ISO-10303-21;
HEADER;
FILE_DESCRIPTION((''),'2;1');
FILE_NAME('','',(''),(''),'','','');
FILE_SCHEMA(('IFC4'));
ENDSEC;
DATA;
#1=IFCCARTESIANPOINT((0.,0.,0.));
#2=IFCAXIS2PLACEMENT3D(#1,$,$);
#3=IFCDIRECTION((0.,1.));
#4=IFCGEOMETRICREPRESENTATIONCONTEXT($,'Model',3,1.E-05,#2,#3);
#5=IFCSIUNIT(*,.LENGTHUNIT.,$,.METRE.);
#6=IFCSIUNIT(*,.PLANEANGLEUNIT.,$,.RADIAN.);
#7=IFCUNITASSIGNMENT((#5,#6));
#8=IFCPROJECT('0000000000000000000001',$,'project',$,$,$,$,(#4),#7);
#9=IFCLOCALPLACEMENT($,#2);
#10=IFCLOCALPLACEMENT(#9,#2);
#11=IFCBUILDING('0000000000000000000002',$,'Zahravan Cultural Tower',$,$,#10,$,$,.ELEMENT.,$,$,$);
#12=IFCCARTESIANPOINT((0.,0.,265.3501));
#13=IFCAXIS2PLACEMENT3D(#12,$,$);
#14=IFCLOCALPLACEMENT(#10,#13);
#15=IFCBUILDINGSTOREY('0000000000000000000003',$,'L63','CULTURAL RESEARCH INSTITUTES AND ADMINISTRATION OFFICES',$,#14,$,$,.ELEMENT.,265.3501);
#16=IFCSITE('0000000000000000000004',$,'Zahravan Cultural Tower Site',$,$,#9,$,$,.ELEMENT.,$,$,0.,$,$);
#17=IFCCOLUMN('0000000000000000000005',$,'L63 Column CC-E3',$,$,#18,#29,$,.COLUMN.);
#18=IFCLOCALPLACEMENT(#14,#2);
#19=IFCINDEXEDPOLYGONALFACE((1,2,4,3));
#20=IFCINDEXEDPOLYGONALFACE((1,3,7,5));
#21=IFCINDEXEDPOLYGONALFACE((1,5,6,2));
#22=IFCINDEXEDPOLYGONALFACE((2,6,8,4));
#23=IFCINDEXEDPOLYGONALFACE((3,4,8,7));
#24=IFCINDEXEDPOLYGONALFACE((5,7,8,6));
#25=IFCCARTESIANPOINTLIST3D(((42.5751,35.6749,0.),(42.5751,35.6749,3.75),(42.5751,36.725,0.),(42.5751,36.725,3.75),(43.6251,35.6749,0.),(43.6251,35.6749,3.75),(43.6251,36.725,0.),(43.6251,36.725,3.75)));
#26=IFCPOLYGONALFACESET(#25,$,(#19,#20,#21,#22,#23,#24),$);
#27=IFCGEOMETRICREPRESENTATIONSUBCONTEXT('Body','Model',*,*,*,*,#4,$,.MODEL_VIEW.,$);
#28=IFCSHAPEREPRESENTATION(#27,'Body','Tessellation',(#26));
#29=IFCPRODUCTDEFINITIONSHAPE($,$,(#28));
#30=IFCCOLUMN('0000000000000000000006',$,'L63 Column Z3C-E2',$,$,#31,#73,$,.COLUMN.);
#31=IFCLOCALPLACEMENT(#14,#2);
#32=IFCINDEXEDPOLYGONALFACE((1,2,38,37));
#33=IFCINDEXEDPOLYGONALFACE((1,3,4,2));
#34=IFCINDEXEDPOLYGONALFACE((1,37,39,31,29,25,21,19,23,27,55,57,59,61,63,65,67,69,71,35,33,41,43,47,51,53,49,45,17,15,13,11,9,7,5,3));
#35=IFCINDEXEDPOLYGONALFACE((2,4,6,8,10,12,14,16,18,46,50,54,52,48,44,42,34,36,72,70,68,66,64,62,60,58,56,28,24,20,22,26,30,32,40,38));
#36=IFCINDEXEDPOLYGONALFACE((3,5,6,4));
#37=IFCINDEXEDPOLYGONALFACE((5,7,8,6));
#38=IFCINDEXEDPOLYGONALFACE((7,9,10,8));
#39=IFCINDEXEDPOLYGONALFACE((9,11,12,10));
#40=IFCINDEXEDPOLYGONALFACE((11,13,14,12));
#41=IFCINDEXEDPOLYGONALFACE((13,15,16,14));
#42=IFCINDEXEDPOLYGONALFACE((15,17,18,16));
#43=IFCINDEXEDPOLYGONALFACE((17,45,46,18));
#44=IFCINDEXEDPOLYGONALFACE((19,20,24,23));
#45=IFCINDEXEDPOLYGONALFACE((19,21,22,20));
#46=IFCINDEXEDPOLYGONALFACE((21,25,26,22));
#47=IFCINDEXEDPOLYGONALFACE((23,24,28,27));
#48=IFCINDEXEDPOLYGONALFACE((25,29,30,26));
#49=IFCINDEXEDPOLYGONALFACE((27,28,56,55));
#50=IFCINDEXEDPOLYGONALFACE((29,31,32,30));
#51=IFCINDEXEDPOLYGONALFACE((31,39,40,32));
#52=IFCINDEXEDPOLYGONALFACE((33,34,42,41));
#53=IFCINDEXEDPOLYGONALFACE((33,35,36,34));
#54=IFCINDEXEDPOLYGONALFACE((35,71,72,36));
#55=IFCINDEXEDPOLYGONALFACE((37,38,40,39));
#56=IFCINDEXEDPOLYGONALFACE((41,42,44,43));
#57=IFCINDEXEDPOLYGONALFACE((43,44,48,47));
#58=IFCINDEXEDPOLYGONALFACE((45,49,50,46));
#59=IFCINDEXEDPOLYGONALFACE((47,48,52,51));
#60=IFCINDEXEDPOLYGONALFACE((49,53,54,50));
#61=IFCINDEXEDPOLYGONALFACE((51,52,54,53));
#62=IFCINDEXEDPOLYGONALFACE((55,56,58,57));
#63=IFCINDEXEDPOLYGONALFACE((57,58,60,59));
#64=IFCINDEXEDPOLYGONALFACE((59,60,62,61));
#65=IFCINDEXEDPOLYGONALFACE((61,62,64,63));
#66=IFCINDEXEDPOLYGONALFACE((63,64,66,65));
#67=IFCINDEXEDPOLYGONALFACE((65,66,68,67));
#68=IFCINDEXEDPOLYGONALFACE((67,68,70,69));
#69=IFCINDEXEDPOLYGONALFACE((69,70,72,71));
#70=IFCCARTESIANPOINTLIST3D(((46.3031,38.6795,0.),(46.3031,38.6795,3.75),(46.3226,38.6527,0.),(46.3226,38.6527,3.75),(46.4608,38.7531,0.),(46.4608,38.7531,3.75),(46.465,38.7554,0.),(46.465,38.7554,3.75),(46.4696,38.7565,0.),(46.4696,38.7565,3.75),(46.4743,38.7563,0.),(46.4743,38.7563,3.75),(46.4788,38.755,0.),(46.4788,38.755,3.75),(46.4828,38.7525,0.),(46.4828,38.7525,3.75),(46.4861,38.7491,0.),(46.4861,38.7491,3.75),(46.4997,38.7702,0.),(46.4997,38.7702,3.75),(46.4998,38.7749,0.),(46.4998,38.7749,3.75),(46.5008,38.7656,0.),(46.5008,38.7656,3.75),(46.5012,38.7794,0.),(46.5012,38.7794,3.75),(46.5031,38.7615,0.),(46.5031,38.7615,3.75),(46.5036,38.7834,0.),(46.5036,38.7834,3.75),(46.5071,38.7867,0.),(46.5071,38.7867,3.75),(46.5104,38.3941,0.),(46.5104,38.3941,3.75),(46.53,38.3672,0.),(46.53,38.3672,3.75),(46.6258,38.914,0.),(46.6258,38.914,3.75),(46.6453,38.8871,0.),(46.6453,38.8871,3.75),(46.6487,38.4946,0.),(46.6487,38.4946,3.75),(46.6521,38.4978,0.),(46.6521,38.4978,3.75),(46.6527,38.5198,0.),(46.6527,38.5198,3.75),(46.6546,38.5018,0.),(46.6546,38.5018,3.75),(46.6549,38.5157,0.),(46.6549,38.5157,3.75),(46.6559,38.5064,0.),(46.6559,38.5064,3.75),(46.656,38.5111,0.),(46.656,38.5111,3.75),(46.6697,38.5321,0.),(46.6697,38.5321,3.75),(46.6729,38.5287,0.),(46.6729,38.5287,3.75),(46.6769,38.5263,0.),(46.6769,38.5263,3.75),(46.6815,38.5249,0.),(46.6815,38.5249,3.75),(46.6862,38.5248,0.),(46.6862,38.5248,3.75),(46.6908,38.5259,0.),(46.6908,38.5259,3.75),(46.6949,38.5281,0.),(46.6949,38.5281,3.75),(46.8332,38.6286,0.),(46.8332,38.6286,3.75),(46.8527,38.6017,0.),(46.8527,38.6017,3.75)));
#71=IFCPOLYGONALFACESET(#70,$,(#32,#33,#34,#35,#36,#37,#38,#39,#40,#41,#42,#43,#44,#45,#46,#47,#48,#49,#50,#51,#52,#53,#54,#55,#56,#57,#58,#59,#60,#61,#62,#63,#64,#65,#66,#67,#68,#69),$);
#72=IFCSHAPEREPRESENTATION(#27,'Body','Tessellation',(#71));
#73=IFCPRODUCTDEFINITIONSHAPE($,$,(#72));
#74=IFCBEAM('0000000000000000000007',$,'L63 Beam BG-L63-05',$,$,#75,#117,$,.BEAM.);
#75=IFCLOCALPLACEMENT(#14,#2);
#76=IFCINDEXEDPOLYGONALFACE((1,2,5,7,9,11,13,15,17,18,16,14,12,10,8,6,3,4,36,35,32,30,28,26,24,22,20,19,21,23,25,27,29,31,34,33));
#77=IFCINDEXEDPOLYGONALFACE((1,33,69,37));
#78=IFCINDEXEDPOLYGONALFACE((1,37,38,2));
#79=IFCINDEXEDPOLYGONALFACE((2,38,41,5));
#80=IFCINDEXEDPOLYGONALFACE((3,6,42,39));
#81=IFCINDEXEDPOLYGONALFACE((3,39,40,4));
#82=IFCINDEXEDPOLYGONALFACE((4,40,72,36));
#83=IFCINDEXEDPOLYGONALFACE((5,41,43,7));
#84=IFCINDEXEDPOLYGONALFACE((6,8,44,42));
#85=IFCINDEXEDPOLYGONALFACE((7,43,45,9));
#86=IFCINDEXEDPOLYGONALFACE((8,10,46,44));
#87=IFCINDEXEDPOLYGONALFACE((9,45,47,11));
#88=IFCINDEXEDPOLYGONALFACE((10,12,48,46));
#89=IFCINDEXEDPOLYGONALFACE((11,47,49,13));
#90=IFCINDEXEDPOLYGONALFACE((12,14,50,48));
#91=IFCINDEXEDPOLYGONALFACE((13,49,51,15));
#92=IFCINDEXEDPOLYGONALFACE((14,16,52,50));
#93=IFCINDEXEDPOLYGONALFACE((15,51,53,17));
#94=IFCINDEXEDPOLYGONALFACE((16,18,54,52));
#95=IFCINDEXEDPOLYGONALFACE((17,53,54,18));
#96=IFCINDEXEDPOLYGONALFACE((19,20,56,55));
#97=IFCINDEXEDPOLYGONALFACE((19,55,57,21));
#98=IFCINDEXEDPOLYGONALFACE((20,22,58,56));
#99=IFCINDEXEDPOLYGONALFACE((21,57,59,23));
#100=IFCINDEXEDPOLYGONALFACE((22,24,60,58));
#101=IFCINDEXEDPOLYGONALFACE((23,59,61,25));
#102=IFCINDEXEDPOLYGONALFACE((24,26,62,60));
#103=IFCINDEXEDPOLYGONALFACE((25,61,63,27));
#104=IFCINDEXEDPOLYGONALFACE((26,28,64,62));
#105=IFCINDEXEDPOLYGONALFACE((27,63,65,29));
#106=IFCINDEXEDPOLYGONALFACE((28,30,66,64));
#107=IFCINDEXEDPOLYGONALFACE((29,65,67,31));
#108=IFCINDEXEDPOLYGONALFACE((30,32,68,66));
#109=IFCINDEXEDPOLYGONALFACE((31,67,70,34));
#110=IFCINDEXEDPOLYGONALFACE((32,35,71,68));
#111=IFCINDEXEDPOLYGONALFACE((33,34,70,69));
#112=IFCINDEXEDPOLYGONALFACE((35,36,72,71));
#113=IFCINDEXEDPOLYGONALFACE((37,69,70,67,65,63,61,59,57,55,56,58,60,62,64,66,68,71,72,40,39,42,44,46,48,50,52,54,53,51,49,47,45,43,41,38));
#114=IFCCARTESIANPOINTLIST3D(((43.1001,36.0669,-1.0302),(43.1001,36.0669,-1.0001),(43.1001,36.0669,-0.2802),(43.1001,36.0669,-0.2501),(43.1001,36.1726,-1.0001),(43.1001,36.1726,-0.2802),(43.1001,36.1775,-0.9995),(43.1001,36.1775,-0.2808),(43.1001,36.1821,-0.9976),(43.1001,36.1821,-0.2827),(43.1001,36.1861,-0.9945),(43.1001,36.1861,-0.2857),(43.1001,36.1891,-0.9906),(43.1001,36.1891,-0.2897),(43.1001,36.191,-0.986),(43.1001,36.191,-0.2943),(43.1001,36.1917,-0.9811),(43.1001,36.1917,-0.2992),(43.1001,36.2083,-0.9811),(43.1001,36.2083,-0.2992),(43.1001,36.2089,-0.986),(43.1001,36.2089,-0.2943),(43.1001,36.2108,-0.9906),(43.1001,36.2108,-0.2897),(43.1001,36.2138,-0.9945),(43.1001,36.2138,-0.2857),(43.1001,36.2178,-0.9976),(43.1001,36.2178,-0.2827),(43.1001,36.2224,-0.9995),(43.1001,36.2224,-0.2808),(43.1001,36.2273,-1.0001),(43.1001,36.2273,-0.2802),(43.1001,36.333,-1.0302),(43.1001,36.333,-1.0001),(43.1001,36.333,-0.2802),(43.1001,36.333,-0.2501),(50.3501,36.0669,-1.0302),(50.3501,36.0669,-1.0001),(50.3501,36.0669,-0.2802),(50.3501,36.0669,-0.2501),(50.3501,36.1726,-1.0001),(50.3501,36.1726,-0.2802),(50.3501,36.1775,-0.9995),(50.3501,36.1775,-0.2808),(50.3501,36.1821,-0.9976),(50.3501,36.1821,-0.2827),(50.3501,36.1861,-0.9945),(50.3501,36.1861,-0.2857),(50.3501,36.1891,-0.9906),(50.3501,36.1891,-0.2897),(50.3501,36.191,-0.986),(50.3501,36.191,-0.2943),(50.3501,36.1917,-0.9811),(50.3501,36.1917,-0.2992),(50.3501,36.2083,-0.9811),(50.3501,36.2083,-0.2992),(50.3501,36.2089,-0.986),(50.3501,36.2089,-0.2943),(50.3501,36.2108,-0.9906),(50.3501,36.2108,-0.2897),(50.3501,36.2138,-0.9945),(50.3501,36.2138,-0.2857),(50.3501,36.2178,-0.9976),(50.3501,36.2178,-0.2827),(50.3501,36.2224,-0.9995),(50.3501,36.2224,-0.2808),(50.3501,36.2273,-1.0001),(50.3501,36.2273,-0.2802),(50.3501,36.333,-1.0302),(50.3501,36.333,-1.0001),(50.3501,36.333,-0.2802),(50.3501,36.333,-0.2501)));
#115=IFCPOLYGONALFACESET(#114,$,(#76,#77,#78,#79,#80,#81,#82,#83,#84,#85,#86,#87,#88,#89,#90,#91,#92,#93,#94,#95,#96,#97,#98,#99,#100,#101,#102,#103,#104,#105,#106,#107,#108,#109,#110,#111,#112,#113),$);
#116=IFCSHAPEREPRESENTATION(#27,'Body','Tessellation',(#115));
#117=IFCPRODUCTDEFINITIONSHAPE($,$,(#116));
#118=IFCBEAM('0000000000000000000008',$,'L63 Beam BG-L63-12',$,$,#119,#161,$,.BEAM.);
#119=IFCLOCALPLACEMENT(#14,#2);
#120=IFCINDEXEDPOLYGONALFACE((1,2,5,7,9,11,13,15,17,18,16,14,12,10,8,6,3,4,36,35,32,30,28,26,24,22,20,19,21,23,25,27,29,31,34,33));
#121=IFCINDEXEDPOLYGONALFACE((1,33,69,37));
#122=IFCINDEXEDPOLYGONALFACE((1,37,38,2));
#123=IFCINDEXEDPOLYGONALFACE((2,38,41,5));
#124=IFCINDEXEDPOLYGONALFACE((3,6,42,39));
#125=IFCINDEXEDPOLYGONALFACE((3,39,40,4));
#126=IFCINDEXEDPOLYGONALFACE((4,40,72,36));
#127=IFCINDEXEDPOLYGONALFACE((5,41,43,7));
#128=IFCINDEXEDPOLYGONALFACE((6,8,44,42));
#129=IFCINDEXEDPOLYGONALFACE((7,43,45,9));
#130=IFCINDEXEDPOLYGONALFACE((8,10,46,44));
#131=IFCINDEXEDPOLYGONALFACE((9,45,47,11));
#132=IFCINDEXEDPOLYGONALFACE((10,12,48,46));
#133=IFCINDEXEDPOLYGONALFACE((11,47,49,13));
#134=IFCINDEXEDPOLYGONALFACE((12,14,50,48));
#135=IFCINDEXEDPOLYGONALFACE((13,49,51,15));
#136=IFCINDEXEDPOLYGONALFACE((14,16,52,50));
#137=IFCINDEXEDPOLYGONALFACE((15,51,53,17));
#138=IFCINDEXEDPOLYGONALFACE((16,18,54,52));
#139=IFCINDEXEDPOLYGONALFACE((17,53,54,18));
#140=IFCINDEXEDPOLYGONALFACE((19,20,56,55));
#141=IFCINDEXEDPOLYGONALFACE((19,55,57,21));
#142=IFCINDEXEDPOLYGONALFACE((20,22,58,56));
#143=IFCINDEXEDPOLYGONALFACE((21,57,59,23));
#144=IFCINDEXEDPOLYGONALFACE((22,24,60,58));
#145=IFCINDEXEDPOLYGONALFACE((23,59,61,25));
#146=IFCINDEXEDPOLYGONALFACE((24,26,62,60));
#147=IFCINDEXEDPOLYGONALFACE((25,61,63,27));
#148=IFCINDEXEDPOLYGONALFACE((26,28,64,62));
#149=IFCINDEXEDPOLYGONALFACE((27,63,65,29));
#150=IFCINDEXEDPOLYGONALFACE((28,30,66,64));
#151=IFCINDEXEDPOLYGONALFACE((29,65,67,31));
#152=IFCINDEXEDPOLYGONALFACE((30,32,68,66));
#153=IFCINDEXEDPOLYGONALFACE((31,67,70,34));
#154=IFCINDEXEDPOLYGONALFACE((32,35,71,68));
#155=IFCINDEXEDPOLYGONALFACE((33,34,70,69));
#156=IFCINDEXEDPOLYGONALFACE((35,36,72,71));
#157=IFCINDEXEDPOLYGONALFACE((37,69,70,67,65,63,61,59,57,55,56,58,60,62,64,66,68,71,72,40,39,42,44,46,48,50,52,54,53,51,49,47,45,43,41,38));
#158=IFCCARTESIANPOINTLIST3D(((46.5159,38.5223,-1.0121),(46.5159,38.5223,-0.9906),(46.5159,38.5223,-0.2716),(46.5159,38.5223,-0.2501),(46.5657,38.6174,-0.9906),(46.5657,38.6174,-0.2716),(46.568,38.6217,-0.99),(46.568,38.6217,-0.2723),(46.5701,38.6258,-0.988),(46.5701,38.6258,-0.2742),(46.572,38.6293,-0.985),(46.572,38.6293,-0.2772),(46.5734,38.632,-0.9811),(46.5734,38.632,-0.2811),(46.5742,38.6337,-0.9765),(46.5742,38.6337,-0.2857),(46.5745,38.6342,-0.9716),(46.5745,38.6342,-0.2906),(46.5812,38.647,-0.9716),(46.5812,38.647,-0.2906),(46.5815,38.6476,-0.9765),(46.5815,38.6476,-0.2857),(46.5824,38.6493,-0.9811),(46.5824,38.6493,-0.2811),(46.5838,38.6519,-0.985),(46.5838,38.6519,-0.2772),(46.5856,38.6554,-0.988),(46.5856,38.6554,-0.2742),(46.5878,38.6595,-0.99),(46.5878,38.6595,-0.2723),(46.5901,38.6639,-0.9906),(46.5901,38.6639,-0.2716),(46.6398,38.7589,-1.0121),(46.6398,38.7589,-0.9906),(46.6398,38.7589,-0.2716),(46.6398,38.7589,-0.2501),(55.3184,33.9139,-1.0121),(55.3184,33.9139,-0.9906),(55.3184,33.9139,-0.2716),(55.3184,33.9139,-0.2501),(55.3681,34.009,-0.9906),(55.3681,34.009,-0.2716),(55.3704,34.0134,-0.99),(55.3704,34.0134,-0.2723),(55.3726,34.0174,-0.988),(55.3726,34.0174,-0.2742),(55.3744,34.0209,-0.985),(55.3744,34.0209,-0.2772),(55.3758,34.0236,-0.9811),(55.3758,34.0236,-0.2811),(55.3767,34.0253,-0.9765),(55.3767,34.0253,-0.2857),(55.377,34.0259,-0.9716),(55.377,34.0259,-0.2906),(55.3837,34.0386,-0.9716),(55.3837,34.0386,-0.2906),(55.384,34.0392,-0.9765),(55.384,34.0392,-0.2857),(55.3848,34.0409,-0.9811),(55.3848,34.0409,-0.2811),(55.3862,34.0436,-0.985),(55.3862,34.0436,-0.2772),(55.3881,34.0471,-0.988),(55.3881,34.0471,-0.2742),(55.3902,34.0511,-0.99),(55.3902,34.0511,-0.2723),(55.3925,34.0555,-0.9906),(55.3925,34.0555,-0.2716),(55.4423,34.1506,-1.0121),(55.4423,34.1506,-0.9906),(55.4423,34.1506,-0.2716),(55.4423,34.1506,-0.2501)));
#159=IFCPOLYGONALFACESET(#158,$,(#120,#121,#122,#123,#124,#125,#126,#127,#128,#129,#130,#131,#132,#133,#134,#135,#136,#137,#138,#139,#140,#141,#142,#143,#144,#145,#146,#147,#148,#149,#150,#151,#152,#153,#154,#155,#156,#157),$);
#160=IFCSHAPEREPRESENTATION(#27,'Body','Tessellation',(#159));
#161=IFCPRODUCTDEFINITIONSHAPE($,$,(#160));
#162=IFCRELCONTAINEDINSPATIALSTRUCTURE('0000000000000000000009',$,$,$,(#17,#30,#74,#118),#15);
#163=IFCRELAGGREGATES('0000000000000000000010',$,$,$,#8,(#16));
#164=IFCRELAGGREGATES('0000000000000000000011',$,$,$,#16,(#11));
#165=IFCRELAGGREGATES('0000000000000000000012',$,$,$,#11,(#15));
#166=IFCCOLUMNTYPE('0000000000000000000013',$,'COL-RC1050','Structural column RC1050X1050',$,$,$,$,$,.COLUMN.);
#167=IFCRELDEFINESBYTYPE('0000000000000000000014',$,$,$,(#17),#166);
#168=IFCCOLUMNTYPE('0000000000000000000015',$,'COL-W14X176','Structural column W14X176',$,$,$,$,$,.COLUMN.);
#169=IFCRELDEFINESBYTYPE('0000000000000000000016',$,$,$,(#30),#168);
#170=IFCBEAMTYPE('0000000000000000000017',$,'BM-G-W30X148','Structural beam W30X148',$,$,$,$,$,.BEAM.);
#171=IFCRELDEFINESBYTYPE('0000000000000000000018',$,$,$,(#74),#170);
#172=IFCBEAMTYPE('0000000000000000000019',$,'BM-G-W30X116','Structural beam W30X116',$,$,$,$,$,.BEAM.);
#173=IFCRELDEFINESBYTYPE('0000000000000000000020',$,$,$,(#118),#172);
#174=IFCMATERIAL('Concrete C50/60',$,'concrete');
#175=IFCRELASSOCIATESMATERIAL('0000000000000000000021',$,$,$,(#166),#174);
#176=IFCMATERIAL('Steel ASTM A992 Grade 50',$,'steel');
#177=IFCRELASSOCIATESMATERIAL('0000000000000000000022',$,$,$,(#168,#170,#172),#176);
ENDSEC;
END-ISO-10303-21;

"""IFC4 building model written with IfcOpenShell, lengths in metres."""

from ifc_helpers import new_model, si_unit, direction, frame, origin, origin_2d, place, context, subcontext, project, spatial, rectangle, i_section, extrude, source, transform, mapped, material, material_profile, profile_set, type_object, element, save


model = new_model("IFC4")

# Units and contexts
model_context = context("Model", 3, precision=1e-05, world=origin(), true_north=direction((0.0, 1.0)))
body_context = subcontext(model_context, "Body", "Model", "MODEL_VIEW")
ifc_project = project(units=[si_unit("LENGTHUNIT", "METRE"), si_unit("PLANEANGLEUNIT", "RADIAN")], contexts=[model_context])

# Site, building, storey
site_placement = place(None, origin())
site = spatial("IfcSite", under=ifc_project, at=site_placement, Name="Zahravan Cultural Tower Site", CompositionType="ELEMENT", RefElevation=0.0)
building_placement = place(site_placement, origin())
building = spatial("IfcBuilding", under=site, at=building_placement, Name="Zahravan Cultural Tower", CompositionType="ELEMENT")
storey_placement = place(building_placement, frame((0.0, 0.0, 265.3501)))
storey = spatial("IfcBuildingStorey", under=building, at=storey_placement, Name="L63", Description="CULTURAL RESEARCH INSTITUTES AND ADMINISTRATION OFFICES", CompositionType="ELEMENT", Elevation=265.3501)

# Columns
ifc_material_1 = material(Name="Concrete C50/60", Category="concrete")
ifc_material_profile_1 = material_profile(ifc_material_1, rectangle(XDim=1.05, YDim=1.05, at=origin_2d()), Name="RC1050X1050")
ifc_profile_set_1 = profile_set([ifc_material_profile_1], Name="Concrete C50/60")
column_type_1 = type_object("IfcColumnType", Name="COL-RC1050", Description="Structural column RC1050X1050", PredefinedType="COLUMN", material=ifc_profile_set_1)
shared_shape_1 = source(origin(), body_context, "Body", "SweptSolid", [
    extrude(rectangle(XDim=1.05, YDim=1.05, at=origin_2d()), origin(), (0.0, 0.0, 1.0), 3.75),
])
column_1_placement = place(storey_placement, frame((43.1001, 36.2, 0.0), z_axis=(0.0, 0.0, 1.0), x_axis=(1.0, 0.0, 0.0)))
element("IfcColumn", 1, at=column_1_placement, inside=storey, type_object=column_type_1, Name="L63 Column CC-E3", PredefinedType="COLUMN", context=body_context, shape_type="MappedRepresentation", body=[
    mapped(shared_shape_1, transform((0.0, 0.0, 0.0), x_axis=(1.0, 0.0, 0.0), y_axis=(0.0, 1.0, 0.0), z_axis=(0.0, 0.0, 1.0), scale=1.0)),
])
ifc_material_2 = material(Name="Steel ASTM A992 Grade 50", Category="steel")
ifc_material_profile_2 = material_profile(ifc_material_2, i_section(OverallWidth=0.3989, OverallDepth=0.386, WebThickness=0.021, FlangeThickness=0.0332, FilletRadius=0.0181, at=origin_2d()), Name="W14X176")
ifc_profile_set_2 = profile_set([ifc_material_profile_2], Name="Steel ASTM A992 Grade 50")
column_type_2 = type_object("IfcColumnType", Name="COL-W14X176", Description="Structural column W14X176", PredefinedType="COLUMN", material=ifc_profile_set_2)
shared_shape_2 = source(origin(), body_context, "Body", "SweptSolid", [
    extrude(i_section(OverallWidth=0.3989, OverallDepth=0.386, WebThickness=0.021, FlangeThickness=0.0332, FilletRadius=0.0181, at=origin_2d()), origin(), (0.0, 0.0, 1.0), 3.75),
])
column_2_placement = place(storey_placement, frame((46.5779, 38.6406, 0.0), z_axis=(0.0, 0.0, 1.0), x_axis=(0.809017, 0.587785, 0.0)))
element("IfcColumn", 2, at=column_2_placement, inside=storey, type_object=column_type_2, Name="L63 Column Z3C-E2", PredefinedType="COLUMN", context=body_context, shape_type="MappedRepresentation", body=[
    mapped(shared_shape_2, transform((0.0, 0.0, 0.0), x_axis=(1.0, 0.0, 0.0), y_axis=(0.0, 1.0, 0.0), z_axis=(0.0, 0.0, 1.0), scale=1.0)),
])

# Beams
ifc_material_profile_3 = material_profile(ifc_material_2, i_section(OverallWidth=0.2661, OverallDepth=0.78, WebThickness=0.0166, FlangeThickness=0.03, FilletRadius=0.019, at=origin_2d()), Name="W30X148")
ifc_profile_set_3 = profile_set([ifc_material_profile_3], Name="Steel ASTM A992 Grade 50")
beam_type_1 = type_object("IfcBeamType", Name="BM-G-W30X148", Description="Structural beam W30X148", PredefinedType="BEAM", material=ifc_profile_set_3)
shared_shape_3 = source(origin(), body_context, "Body", "SweptSolid", [
    extrude(i_section(OverallWidth=0.2661, OverallDepth=0.78, WebThickness=0.0166, FlangeThickness=0.03, FilletRadius=0.019, at=origin_2d()), origin(), (0.0, 0.0, 1.0), 7.25),
])
beam_1_placement = place(storey_placement, frame((43.1001, 36.2, -0.6401), z_axis=(1.0, 0.0, 0.0), x_axis=(0.0, 1.0, 0.0)))
element("IfcBeam", 3, at=beam_1_placement, inside=storey, type_object=beam_type_1, Name="L63 Beam BG-L63-05", PredefinedType="BEAM", context=body_context, shape_type="MappedRepresentation", body=[
    mapped(shared_shape_3, transform((0.0, 0.0, 0.0), x_axis=(1.0, 0.0, 0.0), y_axis=(0.0, 1.0, 0.0), z_axis=(0.0, 0.0, 1.0), scale=1.0)),
])
ifc_material_profile_4 = material_profile(ifc_material_2, i_section(OverallWidth=0.2671, OverallDepth=0.762, WebThickness=0.0144, FlangeThickness=0.0215, FilletRadius=0.019, at=origin_2d()), Name="W30X116")
ifc_profile_set_4 = profile_set([ifc_material_profile_4], Name="Steel ASTM A992 Grade 50")
beam_type_2 = type_object("IfcBeamType", Name="BM-G-W30X116", Description="Structural beam W30X116", PredefinedType="BEAM", material=ifc_profile_set_4)
shared_shape_4 = source(origin(), body_context, "Body", "SweptSolid", [
    extrude(i_section(OverallWidth=0.2671, OverallDepth=0.762, WebThickness=0.0144, FlangeThickness=0.0215, FilletRadius=0.019, at=origin_2d()), origin(), (0.0, 0.0, 1.0), 9.9358),
])
beam_2_placement = place(storey_placement, frame((46.5779, 38.6406, -0.6311), z_axis=(0.885932, -0.463815, 0.0), x_axis=(0.463815, 0.885932, 0.0)))
element("IfcBeam", 4, at=beam_2_placement, inside=storey, type_object=beam_type_2, Name="L63 Beam BG-L63-12", PredefinedType="BEAM", context=body_context, shape_type="MappedRepresentation", body=[
    mapped(shared_shape_4, transform((0.0, 0.0, 0.0), x_axis=(1.0, 0.0, 0.0), y_axis=(0.0, 1.0, 0.0), z_axis=(0.0, 0.0, 1.0), scale=1.0)),
])

save(model, "model.ifc")
